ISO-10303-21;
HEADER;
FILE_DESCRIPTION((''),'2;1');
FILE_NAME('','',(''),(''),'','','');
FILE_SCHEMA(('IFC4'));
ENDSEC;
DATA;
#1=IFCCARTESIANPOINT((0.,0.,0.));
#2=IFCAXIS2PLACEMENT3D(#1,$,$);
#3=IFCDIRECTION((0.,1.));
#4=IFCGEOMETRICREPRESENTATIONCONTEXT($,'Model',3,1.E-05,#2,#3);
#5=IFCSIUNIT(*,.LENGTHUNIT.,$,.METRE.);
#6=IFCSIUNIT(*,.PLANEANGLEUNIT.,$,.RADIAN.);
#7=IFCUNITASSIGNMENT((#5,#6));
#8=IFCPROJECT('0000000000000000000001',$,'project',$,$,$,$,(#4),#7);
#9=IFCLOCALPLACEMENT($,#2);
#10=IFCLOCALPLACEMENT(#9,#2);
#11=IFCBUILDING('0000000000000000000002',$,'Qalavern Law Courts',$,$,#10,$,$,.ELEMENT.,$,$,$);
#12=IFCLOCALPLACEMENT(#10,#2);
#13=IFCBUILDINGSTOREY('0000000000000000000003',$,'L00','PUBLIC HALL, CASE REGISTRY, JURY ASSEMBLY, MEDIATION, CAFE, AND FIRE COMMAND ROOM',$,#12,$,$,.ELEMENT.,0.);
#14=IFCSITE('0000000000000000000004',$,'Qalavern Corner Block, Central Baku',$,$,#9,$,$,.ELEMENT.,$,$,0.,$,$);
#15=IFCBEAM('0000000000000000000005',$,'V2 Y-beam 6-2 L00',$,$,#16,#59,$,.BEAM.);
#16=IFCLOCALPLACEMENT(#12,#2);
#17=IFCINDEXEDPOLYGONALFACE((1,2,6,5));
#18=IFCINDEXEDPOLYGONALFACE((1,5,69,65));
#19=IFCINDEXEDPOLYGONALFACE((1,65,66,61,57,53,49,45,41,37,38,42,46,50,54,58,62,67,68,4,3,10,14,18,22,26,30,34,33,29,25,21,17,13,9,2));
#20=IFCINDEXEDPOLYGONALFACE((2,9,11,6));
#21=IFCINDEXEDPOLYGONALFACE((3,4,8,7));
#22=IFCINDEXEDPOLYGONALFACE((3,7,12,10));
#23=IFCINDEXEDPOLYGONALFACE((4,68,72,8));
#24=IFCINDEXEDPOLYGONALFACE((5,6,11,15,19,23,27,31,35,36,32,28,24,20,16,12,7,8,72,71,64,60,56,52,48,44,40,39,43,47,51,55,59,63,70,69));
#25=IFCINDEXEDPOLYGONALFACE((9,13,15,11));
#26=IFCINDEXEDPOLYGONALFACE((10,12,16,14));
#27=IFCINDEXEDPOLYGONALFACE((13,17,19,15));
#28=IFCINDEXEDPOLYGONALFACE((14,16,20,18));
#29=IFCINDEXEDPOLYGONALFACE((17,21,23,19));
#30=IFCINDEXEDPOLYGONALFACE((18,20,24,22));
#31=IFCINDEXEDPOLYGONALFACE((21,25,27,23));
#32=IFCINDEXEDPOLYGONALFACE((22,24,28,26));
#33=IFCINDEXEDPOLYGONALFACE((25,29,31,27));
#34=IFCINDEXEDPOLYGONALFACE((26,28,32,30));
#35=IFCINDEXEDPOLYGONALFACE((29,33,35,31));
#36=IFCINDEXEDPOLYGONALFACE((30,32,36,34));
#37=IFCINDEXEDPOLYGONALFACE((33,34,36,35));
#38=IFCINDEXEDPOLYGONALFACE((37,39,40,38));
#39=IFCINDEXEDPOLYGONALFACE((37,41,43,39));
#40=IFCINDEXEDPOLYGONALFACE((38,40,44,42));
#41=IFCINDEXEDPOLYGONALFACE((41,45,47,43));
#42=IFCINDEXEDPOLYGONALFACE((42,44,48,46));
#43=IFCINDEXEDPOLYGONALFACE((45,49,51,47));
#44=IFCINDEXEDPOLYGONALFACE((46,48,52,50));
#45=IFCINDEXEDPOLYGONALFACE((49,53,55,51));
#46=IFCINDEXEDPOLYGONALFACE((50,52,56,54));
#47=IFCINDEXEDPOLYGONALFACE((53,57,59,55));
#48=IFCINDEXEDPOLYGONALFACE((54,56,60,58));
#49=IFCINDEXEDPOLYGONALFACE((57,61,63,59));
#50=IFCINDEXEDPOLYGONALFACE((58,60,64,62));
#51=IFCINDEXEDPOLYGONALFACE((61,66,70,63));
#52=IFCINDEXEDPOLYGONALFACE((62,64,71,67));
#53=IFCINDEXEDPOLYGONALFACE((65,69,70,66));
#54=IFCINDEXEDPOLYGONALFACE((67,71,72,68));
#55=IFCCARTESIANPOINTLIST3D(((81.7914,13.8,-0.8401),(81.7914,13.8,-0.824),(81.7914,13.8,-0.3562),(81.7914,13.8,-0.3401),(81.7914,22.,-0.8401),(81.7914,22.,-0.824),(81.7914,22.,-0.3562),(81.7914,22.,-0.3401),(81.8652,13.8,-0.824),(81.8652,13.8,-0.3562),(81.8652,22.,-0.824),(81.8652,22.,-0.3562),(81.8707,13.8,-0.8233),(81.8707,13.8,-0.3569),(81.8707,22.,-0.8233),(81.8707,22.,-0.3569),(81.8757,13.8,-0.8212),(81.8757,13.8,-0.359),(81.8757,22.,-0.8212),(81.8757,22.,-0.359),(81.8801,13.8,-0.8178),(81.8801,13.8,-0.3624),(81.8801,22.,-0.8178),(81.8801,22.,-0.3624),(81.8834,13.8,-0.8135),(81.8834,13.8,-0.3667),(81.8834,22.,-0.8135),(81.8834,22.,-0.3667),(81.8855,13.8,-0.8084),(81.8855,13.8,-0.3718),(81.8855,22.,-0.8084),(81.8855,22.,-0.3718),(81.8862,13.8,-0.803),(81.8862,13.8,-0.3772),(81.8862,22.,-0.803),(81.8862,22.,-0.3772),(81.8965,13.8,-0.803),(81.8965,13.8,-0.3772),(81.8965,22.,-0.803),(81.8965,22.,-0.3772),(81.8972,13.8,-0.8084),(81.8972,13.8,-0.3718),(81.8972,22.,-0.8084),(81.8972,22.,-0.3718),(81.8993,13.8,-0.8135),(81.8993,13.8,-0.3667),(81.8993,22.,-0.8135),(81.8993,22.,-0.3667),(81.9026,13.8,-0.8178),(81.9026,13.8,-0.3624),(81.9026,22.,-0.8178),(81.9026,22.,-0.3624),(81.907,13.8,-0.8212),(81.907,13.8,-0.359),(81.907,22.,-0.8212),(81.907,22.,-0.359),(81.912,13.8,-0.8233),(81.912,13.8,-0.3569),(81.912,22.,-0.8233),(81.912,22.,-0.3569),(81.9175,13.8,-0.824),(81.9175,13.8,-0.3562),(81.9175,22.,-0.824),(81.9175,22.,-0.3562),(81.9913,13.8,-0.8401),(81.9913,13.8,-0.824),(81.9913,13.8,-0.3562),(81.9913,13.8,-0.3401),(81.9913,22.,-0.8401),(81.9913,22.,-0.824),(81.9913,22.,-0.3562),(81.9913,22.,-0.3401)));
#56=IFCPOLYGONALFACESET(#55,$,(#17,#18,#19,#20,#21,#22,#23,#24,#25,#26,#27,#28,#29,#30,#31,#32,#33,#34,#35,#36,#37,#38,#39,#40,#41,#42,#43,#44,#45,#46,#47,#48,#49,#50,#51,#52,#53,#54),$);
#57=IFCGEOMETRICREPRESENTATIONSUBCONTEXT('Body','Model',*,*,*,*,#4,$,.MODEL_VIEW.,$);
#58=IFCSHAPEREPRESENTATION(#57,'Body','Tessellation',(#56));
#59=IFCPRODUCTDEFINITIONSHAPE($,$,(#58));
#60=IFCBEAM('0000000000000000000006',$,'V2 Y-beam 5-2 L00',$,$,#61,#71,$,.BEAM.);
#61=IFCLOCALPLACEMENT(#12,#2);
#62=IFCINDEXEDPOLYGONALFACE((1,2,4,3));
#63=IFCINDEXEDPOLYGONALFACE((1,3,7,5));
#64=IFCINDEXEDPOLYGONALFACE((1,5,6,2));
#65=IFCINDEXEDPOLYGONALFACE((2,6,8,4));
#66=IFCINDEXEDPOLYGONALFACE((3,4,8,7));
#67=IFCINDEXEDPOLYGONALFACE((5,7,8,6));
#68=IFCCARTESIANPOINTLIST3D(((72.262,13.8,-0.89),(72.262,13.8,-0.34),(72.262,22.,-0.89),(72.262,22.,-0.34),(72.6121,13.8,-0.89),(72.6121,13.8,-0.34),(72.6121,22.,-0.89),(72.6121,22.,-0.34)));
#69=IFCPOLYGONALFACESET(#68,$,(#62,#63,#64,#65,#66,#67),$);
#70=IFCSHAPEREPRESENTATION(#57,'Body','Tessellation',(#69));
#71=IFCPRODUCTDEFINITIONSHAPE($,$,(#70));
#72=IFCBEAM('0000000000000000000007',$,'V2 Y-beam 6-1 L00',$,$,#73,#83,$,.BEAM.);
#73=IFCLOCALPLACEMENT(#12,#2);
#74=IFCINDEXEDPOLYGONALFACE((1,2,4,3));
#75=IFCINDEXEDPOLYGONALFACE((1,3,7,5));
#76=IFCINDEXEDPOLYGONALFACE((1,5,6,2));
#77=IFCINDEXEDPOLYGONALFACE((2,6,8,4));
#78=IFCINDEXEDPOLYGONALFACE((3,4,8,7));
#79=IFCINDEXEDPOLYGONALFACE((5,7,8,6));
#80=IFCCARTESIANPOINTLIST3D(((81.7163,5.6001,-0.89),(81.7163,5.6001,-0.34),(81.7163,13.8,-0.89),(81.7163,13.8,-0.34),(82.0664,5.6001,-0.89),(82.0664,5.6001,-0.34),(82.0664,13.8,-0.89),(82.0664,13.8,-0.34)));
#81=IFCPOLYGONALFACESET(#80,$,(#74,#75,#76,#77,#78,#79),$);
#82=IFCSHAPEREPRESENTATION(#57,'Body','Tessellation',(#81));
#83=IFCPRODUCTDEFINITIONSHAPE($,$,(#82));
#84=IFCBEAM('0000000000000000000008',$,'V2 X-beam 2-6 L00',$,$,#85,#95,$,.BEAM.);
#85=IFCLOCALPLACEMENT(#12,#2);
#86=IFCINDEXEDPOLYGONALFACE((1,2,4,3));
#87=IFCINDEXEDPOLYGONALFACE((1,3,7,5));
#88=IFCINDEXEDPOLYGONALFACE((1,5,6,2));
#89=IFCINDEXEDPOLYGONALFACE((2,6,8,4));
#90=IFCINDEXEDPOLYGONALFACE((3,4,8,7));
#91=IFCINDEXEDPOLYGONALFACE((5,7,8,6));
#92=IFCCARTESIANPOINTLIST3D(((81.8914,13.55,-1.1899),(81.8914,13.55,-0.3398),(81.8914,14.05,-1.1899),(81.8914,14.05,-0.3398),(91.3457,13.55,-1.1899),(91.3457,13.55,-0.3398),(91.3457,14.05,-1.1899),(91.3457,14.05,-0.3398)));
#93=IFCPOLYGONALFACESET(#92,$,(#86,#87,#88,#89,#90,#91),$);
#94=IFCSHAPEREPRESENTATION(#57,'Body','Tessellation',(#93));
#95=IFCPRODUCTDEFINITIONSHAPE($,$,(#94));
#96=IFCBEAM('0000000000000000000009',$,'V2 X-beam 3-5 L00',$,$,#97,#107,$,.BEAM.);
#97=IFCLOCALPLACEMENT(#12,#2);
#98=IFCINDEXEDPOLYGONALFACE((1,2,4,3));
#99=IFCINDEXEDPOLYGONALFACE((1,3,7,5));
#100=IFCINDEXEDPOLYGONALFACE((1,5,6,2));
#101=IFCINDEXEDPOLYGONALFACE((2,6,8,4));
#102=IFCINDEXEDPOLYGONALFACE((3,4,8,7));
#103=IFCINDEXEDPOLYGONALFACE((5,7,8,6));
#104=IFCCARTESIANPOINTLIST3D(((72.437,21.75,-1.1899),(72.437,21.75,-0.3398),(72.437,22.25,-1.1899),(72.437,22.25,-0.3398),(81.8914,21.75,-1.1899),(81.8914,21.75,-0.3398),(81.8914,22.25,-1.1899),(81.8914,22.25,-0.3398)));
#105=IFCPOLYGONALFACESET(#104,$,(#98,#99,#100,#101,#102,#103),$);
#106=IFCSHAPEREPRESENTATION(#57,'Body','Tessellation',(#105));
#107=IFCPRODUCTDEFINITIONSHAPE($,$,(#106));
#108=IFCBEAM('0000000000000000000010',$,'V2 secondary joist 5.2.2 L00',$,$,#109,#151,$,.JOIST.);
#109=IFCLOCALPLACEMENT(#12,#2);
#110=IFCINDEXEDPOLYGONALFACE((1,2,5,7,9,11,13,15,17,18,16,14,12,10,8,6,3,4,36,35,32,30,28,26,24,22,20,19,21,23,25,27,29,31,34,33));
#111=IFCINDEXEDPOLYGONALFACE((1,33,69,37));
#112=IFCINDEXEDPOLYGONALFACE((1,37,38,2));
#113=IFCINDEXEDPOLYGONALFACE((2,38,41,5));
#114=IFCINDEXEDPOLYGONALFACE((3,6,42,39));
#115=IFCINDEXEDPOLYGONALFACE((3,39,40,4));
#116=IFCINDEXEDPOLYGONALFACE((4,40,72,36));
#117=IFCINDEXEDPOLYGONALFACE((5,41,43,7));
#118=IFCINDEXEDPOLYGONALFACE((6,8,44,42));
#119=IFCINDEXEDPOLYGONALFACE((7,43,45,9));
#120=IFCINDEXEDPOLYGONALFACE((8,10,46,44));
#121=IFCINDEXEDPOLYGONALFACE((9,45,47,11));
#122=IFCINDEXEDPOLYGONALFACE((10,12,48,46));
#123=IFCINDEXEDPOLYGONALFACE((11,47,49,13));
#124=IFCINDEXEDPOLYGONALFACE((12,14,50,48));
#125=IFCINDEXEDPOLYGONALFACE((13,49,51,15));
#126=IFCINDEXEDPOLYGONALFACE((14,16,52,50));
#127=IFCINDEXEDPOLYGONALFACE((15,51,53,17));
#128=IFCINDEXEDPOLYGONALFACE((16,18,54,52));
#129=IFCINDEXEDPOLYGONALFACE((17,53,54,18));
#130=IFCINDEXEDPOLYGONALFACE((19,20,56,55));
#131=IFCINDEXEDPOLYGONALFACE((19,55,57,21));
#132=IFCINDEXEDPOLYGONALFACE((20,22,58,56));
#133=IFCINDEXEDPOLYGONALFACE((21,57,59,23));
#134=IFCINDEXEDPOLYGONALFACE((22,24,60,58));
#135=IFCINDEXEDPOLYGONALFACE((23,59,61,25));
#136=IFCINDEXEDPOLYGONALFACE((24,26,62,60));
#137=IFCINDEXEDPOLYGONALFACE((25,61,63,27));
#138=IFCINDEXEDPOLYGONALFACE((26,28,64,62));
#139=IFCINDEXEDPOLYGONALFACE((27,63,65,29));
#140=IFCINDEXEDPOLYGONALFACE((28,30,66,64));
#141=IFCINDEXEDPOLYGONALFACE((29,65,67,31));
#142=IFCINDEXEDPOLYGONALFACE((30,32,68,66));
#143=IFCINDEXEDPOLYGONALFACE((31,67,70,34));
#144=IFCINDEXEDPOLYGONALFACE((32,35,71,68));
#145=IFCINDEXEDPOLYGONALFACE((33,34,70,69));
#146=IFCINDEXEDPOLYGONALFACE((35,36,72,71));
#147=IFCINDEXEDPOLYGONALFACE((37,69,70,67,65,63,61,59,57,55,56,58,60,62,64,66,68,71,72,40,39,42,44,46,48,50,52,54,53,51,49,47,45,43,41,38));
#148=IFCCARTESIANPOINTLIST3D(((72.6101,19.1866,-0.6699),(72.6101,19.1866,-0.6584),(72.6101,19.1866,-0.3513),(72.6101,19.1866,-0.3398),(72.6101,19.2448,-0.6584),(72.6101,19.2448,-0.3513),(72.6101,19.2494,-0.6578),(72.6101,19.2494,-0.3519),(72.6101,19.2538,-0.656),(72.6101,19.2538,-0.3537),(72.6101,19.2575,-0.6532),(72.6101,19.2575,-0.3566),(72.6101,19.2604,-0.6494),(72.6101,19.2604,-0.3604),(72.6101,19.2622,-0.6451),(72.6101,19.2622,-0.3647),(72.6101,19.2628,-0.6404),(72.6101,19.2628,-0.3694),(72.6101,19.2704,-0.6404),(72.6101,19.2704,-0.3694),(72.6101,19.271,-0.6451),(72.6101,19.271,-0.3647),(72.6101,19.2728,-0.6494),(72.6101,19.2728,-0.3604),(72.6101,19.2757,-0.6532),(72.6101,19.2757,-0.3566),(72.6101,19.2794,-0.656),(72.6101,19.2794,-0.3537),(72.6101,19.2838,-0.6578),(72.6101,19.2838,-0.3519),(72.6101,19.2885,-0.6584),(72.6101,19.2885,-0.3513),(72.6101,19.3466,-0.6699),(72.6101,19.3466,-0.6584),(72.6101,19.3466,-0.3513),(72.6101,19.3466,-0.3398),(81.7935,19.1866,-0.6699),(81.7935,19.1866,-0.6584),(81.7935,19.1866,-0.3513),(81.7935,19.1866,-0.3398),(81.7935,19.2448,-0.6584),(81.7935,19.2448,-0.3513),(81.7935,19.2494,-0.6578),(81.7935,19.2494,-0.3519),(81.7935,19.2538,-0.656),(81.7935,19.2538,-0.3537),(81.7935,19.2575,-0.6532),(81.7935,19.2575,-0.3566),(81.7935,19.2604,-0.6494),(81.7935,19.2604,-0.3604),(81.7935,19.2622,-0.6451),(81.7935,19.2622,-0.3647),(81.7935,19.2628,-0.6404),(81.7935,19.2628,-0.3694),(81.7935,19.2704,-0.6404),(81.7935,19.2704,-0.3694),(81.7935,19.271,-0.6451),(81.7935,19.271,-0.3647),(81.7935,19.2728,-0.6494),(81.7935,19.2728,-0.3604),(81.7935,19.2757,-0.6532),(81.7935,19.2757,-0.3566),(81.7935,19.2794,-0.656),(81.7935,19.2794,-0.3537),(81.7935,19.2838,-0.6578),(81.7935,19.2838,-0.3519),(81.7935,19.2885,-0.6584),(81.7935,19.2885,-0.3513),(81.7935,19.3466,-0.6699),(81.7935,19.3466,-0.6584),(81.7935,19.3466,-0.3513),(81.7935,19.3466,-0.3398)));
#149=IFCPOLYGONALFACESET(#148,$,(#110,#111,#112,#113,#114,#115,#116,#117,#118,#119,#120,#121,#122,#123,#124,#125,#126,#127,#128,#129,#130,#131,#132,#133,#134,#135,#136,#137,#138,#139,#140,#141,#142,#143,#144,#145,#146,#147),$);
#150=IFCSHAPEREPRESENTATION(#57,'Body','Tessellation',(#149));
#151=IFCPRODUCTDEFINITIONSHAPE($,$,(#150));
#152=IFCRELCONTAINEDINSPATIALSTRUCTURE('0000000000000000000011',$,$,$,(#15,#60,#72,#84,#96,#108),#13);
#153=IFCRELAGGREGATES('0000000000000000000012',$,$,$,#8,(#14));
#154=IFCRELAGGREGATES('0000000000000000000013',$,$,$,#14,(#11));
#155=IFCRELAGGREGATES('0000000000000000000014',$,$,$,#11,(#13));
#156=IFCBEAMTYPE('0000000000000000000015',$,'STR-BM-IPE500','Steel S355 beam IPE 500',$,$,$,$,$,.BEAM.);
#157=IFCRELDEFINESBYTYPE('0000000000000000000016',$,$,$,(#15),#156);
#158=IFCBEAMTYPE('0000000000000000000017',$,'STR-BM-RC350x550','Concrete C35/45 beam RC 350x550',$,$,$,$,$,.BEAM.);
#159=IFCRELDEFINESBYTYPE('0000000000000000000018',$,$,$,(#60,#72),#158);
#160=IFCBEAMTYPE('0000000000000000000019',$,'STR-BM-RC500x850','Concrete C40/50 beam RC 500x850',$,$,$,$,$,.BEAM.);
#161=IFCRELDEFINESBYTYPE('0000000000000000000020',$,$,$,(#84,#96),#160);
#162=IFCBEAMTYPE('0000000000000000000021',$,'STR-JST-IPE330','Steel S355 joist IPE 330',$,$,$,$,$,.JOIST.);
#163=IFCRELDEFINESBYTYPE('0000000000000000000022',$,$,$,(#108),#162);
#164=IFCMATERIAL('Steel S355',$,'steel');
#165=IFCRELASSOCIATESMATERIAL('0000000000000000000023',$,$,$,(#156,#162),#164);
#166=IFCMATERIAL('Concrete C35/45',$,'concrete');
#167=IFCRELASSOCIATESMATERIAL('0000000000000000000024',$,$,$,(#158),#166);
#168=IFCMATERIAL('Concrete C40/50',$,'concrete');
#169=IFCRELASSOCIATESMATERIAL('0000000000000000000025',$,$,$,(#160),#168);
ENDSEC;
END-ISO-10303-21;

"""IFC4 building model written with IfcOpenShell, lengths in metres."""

from ifc_helpers import new_model, si_unit, direction, frame, origin, origin_2d, place, context, subcontext, project, spatial, rectangle, i_section, extrude, material, material_profile, profile_set, type_object, element, save


model = new_model("IFC4")

# Units and contexts
model_context = context("Model", 3, precision=1e-05, world=origin(), true_north=direction((0.0, 1.0)))
body_context = subcontext(model_context, "Body", "Model", "MODEL_VIEW")
ifc_project = project(units=[si_unit("LENGTHUNIT", "METRE"), si_unit("PLANEANGLEUNIT", "RADIAN")], contexts=[model_context])

# Site, building, storey
site_placement = place(None, origin())
site = spatial("IfcSite", under=ifc_project, at=site_placement, Name="Qalavern Corner Block, Central Baku", CompositionType="ELEMENT", RefElevation=0.0)
building_placement = place(site_placement, origin())
building = spatial("IfcBuilding", under=site, at=building_placement, Name="Qalavern Law Courts", CompositionType="ELEMENT")
storey_placement = place(building_placement, origin())
storey = spatial("IfcBuildingStorey", under=building, at=storey_placement, Name="L00", Description="PUBLIC HALL, CASE REGISTRY, JURY ASSEMBLY, MEDIATION, CAFE, AND FIRE COMMAND ROOM", CompositionType="ELEMENT", Elevation=0.0)

# Beams
ifc_material_1 = material(Name="Steel S355", Category="steel")
ifc_material_profile_1 = material_profile(ifc_material_1, i_section(OverallWidth=0.2, OverallDepth=0.5, WebThickness=0.0103, FlangeThickness=0.0161, FilletRadius=0.021, at=origin_2d()), Name="IPE 500")
ifc_profile_set_1 = profile_set([ifc_material_profile_1], Name="Steel S355")
beam_type_1 = type_object("IfcBeamType", Name="STR-BM-IPE500", Description="Steel S355 beam IPE 500", PredefinedType="BEAM", material=ifc_profile_set_1)
beam_1_placement = place(storey_placement, frame((81.8914, 13.8, -0.5901), z_axis=(0.0, 1.0, 0.0), x_axis=(-1.0, 0.0, 0.0)))
element("IfcBeam", 1, at=beam_1_placement, inside=storey, type_object=beam_type_1, Name="V2 Y-beam 6-2 L00", PredefinedType="BEAM", context=body_context, shape_type="SweptSolid", body=[
    extrude(i_section(OverallWidth=0.2, OverallDepth=0.5, WebThickness=0.0103, FlangeThickness=0.0161, FilletRadius=0.021, at=origin_2d()), origin(), (0.0, 0.0, 1.0), 8.2),
])
ifc_material_2 = material(Name="Concrete C35/45", Category="concrete")
ifc_material_profile_2 = material_profile(ifc_material_2, rectangle(XDim=0.3501, YDim=0.55, at=origin_2d()), Name="RC 350x550")
ifc_profile_set_2 = profile_set([ifc_material_profile_2], Name="Concrete C35/45")
beam_type_2 = type_object("IfcBeamType", Name="STR-BM-RC350x550", Description="Concrete C35/45 beam RC 350x550", PredefinedType="BEAM", material=ifc_profile_set_2)
for number, where, z_axis, x_axis, name in (
    (2, (72.437, 13.8, -0.615), (0.0, 1.0, 0.0), (-1.0, 0.0, 0.0), "V2 Y-beam 5-2 L00"),
    (3, (81.8914, 5.6001, -0.615), (0.0, 1.0, 0.0), (-1.0, 0.0, 0.0), "V2 Y-beam 6-1 L00"),
):
    element("IfcBeam", number, at=place(storey_placement, frame(where, z_axis=z_axis, x_axis=x_axis)), inside=storey, type_object=beam_type_2, Name=name, PredefinedType="BEAM", context=body_context, shape_type="SweptSolid", body=[
        extrude(rectangle(XDim=0.3501, YDim=0.55, at=origin_2d()), origin(), (0.0, 0.0, 1.0), 8.2),
    ])
ifc_material_3 = material(Name="Concrete C40/50", Category="concrete")
ifc_material_profile_3 = material_profile(ifc_material_3, rectangle(XDim=0.5, YDim=0.8501, at=origin_2d()), Name="RC 500x850")
ifc_profile_set_3 = profile_set([ifc_material_profile_3], Name="Concrete C40/50")
beam_type_3 = type_object("IfcBeamType", Name="STR-BM-RC500x850", Description="Concrete C40/50 beam RC 500x850", PredefinedType="BEAM", material=ifc_profile_set_3)
for number, where, z_axis, x_axis, name in (
    (4, (81.8914, 13.8, -0.7649), (1.0, 0.0, 0.0), (0.0, 1.0, 0.0), "V2 X-beam 2-6 L00"),
    (5, (72.437, 22.0, -0.7649), (1.0, 0.0, 0.0), (0.0, 1.0, 0.0), "V2 X-beam 3-5 L00"),
):
    element("IfcBeam", number, at=place(storey_placement, frame(where, z_axis=z_axis, x_axis=x_axis)), inside=storey, type_object=beam_type_3, Name=name, PredefinedType="BEAM", context=body_context, shape_type="SweptSolid", body=[
        extrude(rectangle(XDim=0.5, YDim=0.8501, at=origin_2d()), origin(), (0.0, 0.0, 1.0), 9.4543),
    ])
ifc_material_profile_4 = material_profile(ifc_material_1, i_section(OverallWidth=0.1599, OverallDepth=0.3301, WebThickness=0.0076, FlangeThickness=0.0115, FilletRadius=0.0181, at=origin_2d()), Name="IPE 330")
ifc_profile_set_4 = profile_set([ifc_material_profile_4], Name="Steel S355")
beam_type_4 = type_object("IfcBeamType", Name="STR-JST-IPE330", Description="Steel S355 joist IPE 330", PredefinedType="JOIST", material=ifc_profile_set_4)
beam_2_placement = place(storey_placement, frame((72.6101, 19.2666, -0.5049), z_axis=(1.0, 0.0, 0.0), x_axis=(0.0, 1.0, 0.0)))
element("IfcBeam", 6, at=beam_2_placement, inside=storey, type_object=beam_type_4, Name="V2 secondary joist 5.2.2 L00", PredefinedType="JOIST", context=body_context, shape_type="SweptSolid", body=[
    extrude(i_section(OverallWidth=0.1599, OverallDepth=0.3301, WebThickness=0.0076, FlangeThickness=0.0115, FilletRadius=0.0181, at=origin_2d()), origin(), (0.0, 0.0, 1.0), 9.1833),
])

save(model, "model.ifc")
